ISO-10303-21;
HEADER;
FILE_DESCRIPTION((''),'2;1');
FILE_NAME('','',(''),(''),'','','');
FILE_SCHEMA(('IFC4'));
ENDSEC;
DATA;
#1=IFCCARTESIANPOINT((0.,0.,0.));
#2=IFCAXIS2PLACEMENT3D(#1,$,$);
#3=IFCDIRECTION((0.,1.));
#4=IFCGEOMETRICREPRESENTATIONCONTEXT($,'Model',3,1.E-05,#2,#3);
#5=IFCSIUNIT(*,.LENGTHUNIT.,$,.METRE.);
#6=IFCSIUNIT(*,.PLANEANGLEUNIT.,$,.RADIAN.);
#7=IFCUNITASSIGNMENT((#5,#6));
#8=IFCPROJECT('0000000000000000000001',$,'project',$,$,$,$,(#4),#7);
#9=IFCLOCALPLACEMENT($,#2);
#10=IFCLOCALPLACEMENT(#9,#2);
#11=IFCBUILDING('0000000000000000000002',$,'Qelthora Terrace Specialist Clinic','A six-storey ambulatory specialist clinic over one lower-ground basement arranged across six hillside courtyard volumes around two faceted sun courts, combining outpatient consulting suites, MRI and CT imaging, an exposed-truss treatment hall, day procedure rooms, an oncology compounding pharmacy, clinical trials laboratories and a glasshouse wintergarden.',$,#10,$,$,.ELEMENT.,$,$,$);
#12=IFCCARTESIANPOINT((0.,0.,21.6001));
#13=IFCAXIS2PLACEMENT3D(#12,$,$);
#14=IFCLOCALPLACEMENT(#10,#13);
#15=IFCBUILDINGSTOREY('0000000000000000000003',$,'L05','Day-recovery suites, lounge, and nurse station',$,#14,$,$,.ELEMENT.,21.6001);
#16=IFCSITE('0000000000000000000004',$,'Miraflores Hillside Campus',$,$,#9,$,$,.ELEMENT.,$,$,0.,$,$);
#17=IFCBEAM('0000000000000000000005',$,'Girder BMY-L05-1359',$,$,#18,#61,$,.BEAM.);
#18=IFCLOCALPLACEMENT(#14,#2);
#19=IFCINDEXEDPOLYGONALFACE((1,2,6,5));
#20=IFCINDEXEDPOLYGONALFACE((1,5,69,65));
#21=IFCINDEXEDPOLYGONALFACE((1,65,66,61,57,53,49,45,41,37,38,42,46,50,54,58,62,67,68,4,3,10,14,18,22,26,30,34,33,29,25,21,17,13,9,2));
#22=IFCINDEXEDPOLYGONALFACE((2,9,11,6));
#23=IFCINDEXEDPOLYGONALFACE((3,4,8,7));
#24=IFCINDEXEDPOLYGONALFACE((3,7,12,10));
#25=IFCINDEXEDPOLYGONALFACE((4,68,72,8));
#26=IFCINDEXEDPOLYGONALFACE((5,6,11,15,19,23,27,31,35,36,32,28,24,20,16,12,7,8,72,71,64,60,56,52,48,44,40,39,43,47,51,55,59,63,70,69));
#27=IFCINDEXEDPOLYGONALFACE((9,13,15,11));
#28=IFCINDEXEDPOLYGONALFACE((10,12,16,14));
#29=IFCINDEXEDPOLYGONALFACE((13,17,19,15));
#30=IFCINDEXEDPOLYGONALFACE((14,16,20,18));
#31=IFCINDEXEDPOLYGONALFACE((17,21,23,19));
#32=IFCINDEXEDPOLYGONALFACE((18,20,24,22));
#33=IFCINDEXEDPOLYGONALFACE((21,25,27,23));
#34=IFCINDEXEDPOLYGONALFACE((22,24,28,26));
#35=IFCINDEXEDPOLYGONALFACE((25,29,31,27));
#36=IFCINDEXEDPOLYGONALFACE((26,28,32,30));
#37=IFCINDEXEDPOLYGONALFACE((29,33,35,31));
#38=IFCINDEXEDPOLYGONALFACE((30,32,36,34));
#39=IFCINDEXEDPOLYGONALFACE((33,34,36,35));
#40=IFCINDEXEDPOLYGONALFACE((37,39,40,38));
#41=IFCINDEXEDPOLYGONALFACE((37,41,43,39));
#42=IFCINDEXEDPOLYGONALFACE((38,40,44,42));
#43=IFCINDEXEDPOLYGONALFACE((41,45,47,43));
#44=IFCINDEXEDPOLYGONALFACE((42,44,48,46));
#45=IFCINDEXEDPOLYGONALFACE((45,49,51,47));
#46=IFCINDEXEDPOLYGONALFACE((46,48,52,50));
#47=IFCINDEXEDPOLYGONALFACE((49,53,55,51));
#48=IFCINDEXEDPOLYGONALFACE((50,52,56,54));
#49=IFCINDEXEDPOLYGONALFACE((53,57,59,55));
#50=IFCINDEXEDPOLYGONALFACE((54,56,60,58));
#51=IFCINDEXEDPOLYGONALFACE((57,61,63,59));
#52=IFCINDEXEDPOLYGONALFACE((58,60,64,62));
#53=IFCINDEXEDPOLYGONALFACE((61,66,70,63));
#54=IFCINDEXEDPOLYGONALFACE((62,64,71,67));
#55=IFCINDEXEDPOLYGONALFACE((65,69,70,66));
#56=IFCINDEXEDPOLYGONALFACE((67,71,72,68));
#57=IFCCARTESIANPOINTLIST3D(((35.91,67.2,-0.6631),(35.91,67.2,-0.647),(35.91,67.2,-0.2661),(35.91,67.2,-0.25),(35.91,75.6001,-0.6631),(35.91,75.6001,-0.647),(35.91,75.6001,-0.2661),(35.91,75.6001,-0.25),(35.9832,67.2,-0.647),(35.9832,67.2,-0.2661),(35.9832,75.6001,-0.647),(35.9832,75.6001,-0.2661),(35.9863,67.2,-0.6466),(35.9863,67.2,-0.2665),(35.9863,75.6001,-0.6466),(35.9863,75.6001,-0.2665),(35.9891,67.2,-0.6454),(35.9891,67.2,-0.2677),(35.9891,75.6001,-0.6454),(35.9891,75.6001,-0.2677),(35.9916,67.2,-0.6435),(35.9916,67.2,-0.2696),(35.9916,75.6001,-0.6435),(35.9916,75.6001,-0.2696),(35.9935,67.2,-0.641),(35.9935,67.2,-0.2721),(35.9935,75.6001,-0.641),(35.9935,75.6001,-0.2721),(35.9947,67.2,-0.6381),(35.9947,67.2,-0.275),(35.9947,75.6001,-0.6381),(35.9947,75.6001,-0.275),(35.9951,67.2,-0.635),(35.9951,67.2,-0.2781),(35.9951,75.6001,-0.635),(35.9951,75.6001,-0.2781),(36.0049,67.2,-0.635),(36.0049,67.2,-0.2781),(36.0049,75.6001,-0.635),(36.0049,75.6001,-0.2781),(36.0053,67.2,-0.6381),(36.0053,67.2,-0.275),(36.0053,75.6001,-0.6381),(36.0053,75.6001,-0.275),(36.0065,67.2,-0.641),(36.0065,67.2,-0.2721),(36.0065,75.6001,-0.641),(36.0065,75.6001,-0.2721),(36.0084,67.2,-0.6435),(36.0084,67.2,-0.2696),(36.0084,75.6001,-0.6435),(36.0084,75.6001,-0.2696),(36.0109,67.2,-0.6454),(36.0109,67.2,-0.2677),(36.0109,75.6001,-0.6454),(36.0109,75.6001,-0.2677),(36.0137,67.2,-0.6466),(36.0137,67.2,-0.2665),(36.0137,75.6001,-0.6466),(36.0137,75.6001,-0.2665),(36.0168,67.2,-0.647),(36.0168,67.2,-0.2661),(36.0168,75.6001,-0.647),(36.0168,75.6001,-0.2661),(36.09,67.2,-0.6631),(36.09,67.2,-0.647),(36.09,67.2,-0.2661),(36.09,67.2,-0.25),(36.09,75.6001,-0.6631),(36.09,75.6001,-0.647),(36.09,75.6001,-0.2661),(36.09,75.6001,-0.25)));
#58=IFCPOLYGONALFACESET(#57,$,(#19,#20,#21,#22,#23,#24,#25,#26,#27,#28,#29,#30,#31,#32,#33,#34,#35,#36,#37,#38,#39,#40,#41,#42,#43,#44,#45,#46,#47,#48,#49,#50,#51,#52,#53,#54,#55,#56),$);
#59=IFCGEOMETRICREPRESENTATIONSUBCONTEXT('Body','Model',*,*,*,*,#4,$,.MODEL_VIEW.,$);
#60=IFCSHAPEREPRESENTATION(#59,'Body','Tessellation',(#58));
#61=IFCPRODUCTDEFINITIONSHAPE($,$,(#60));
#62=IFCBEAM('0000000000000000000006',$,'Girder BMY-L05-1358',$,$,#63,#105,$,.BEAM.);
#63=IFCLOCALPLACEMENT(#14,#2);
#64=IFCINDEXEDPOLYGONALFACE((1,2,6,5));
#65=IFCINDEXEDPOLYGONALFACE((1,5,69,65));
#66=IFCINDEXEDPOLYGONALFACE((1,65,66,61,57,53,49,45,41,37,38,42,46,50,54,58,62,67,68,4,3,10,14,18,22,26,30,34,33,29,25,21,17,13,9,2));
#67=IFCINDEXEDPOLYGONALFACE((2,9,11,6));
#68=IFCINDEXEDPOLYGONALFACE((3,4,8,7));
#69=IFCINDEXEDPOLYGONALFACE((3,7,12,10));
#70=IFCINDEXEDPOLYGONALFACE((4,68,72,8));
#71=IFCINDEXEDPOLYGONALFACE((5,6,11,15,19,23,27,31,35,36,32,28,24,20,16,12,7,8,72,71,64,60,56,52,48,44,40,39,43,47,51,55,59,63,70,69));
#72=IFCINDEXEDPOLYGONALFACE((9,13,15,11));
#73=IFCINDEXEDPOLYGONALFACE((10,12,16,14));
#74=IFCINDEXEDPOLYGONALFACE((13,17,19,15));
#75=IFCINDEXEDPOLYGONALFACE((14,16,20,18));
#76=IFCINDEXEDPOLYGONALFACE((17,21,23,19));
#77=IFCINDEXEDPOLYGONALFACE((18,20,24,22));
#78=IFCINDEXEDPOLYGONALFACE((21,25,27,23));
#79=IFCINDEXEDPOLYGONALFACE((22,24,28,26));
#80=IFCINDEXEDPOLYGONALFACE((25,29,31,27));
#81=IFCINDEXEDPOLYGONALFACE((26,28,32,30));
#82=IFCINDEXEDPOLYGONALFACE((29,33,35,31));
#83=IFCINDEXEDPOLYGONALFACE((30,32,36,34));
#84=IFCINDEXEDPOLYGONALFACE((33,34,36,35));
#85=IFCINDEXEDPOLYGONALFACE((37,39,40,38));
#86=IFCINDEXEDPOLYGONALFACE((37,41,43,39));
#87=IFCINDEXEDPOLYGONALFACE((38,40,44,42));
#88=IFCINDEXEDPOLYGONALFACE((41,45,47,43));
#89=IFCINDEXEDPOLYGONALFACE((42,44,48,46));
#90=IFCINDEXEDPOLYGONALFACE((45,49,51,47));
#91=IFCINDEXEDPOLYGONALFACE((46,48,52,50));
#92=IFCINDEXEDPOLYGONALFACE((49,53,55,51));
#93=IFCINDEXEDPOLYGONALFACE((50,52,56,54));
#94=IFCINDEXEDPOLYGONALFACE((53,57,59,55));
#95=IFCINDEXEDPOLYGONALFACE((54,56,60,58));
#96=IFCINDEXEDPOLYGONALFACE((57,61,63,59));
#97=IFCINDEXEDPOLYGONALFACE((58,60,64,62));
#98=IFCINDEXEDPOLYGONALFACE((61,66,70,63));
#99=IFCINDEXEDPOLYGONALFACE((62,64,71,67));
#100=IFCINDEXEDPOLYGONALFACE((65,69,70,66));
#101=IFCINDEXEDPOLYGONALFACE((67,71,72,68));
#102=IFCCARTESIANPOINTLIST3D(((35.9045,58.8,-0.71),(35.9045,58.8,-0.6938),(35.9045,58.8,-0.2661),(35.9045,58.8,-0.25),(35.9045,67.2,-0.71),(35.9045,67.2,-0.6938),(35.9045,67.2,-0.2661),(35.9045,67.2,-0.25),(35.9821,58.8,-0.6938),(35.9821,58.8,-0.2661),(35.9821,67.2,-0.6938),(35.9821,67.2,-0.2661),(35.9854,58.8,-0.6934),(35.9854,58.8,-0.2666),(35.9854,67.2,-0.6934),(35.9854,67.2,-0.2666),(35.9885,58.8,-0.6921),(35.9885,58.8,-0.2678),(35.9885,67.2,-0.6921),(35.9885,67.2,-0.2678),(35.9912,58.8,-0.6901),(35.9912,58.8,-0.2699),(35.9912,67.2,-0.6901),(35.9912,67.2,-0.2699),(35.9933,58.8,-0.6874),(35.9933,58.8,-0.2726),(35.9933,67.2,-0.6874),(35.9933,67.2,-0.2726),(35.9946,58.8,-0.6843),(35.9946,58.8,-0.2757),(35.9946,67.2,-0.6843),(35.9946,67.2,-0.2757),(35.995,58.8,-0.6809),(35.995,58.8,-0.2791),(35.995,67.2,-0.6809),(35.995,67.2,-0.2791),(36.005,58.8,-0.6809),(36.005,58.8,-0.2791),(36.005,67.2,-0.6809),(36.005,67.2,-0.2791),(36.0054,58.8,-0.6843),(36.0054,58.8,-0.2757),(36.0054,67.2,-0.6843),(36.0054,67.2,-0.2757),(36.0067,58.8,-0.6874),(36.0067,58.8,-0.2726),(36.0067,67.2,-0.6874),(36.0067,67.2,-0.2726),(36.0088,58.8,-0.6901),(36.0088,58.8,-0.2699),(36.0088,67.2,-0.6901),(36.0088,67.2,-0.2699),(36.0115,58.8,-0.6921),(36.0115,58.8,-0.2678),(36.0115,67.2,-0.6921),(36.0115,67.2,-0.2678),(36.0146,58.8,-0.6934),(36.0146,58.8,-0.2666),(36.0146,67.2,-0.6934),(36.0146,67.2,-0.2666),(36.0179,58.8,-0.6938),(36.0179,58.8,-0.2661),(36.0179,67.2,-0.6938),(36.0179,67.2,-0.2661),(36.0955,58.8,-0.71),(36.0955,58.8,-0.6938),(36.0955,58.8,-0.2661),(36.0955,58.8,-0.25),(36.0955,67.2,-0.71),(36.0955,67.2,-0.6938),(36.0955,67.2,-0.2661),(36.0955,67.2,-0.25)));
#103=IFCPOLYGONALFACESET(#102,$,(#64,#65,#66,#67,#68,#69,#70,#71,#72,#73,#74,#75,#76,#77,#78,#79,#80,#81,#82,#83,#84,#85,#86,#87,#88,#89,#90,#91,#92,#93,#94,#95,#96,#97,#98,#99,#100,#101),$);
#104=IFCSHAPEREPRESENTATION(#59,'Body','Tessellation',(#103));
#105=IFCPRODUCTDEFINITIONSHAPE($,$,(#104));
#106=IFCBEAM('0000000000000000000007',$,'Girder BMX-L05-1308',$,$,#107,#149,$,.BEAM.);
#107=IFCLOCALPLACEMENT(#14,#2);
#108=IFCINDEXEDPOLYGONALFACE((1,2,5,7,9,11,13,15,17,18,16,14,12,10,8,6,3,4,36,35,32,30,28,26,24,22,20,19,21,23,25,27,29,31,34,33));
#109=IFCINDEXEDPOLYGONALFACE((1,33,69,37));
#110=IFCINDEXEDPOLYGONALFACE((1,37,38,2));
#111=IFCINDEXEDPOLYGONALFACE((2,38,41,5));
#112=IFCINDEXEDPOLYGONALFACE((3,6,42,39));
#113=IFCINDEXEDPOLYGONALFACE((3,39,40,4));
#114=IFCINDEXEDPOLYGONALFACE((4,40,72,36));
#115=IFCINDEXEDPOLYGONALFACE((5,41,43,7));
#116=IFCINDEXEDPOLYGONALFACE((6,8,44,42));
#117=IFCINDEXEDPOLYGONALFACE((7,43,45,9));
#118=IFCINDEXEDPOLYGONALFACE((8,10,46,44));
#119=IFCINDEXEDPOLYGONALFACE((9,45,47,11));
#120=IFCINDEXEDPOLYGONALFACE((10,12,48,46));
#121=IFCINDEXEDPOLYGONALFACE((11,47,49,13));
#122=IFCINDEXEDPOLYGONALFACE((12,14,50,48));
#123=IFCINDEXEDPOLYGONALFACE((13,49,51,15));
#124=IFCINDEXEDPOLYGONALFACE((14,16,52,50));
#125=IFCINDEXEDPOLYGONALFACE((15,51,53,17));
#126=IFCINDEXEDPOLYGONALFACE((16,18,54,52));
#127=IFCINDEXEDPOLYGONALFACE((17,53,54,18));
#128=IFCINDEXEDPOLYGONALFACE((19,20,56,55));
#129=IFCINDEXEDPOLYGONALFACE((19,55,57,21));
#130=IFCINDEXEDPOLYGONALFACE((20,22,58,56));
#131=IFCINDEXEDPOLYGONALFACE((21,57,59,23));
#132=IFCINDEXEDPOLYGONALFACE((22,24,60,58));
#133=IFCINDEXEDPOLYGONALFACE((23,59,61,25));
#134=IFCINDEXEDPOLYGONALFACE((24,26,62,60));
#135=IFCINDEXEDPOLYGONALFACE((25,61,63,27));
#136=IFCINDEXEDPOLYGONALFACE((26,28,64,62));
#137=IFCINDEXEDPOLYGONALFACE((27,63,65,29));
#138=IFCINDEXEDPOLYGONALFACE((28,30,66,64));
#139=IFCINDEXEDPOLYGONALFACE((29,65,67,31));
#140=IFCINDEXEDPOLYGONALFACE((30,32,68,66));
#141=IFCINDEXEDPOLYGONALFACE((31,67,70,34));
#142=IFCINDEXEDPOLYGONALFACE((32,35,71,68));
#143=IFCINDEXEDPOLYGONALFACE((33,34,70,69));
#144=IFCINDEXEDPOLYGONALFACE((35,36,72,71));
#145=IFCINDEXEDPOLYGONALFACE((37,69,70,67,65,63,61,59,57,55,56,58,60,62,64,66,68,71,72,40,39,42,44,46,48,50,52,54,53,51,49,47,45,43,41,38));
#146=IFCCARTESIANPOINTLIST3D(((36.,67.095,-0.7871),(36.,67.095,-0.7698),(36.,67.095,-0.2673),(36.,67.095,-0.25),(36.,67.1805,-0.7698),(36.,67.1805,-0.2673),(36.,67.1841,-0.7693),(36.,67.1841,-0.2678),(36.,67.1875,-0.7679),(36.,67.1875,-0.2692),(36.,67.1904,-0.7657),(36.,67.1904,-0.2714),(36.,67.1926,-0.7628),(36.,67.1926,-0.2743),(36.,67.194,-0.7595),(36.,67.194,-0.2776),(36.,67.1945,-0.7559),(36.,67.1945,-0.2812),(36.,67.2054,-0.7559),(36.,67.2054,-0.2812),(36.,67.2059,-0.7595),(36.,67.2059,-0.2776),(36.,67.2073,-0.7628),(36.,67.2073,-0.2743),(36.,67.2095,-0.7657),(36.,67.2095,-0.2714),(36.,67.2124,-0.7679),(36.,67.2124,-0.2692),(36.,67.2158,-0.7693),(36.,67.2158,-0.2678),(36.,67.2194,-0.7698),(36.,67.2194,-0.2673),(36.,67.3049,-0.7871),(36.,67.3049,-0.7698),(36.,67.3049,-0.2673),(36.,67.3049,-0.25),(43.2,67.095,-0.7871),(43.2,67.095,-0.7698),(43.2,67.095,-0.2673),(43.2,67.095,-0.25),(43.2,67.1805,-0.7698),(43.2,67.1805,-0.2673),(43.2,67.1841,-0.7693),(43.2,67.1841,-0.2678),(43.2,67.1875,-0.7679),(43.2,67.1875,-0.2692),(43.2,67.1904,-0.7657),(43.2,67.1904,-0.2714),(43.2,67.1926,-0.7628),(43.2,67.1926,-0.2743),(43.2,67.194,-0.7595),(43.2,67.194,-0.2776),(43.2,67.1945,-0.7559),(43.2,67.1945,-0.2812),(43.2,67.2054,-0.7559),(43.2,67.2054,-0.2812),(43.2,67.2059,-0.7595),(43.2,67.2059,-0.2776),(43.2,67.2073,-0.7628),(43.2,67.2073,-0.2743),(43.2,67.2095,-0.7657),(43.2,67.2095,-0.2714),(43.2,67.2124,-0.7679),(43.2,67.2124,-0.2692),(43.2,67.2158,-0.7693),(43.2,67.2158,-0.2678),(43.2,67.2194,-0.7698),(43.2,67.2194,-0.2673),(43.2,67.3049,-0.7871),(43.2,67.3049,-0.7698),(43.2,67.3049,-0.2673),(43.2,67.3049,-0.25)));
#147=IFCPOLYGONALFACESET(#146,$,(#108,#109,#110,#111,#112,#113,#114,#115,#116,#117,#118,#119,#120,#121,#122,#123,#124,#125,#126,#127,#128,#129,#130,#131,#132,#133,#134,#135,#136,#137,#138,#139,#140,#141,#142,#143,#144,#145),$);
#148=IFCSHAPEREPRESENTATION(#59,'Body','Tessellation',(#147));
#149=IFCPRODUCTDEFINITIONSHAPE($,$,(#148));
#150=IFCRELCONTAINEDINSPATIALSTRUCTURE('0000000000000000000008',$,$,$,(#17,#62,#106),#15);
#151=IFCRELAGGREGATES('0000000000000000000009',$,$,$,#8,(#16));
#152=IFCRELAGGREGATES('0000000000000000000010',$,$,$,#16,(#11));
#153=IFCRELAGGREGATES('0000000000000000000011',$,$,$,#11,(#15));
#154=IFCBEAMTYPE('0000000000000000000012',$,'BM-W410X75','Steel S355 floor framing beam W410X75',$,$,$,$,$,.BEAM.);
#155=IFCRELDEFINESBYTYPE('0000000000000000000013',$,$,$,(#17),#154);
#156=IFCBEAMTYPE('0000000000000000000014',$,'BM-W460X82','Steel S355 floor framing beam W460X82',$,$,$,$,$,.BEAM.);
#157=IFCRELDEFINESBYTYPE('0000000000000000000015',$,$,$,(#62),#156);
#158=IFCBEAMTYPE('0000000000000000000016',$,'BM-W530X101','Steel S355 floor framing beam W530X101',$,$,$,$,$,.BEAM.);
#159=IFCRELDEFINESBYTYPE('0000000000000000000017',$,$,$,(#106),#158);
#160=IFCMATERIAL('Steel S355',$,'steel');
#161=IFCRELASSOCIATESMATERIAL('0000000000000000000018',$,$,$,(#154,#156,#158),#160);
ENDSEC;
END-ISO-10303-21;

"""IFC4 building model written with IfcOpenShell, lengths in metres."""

from ifc_helpers import new_model, si_unit, direction, frame, origin, origin_2d, place, context, subcontext, project, spatial, i_section, extrude, material, material_profile, profile_set, type_object, element, save


model = new_model("IFC4")

# Units and contexts
model_context = context("Model", 3, precision=1e-05, world=origin(), true_north=direction((0.0, 1.0)))
body_context = subcontext(model_context, "Body", "Model", "MODEL_VIEW")
ifc_project = project(units=[si_unit("LENGTHUNIT", "METRE"), si_unit("PLANEANGLEUNIT", "RADIAN")], contexts=[model_context])

# Site, building, storey
site_placement = place(None, origin())
site = spatial("IfcSite", under=ifc_project, at=site_placement, Name="Miraflores Hillside Campus", CompositionType="ELEMENT", RefElevation=0.0)
building_placement = place(site_placement, origin())
building = spatial("IfcBuilding", under=site, at=building_placement, Name="Qelthora Terrace Specialist Clinic", Description="A six-storey ambulatory specialist clinic over one lower-ground basement arranged across six hillside courtyard volumes around two faceted sun courts, combining outpatient consulting suites, MRI and CT imaging, an exposed-truss treatment hall, day procedure rooms, an oncology compounding pharmacy, clinical trials laboratories and a glasshouse wintergarden.", CompositionType="ELEMENT")
storey_placement = place(building_placement, frame((0.0, 0.0, 21.6001)))
storey = spatial("IfcBuildingStorey", under=building, at=storey_placement, Name="L05", Description="Day-recovery suites, lounge, and nurse station", CompositionType="ELEMENT", Elevation=21.6001)

# Beams
ifc_material_1 = material(Name="Steel S355", Category="steel")
ifc_material_profile_1 = material_profile(ifc_material_1, i_section(OverallWidth=0.1799, OverallDepth=0.4131, WebThickness=0.0098, FlangeThickness=0.0161, FilletRadius=0.012, at=origin_2d()), Name="W410X75")
ifc_profile_set_1 = profile_set([ifc_material_profile_1], Name="Steel S355")
beam_type_1 = type_object("IfcBeamType", Name="BM-W410X75", Description="Steel S355 floor framing beam W410X75", PredefinedType="BEAM", material=ifc_profile_set_1)
beam_1_placement = place(storey_placement, frame((36.0, 67.2, -0.4565), z_axis=(0.0, 1.0, 0.0), x_axis=(-1.0, 0.0, 0.0)))
element("IfcBeam", 1, at=beam_1_placement, inside=storey, type_object=beam_type_1, Name="Girder BMY-L05-1359", PredefinedType="BEAM", context=body_context, shape_type="SweptSolid", body=[
    extrude(i_section(OverallWidth=0.1799, OverallDepth=0.4131, WebThickness=0.0098, FlangeThickness=0.0161, FilletRadius=0.012, at=origin_2d()), origin(), (0.0, 0.0, 1.0), 8.4001),
])
ifc_material_profile_2 = material_profile(ifc_material_1, i_section(OverallWidth=0.1909, OverallDepth=0.46, WebThickness=0.01, FlangeThickness=0.0161, FilletRadius=0.0129, at=origin_2d()), Name="W460X82")
ifc_profile_set_2 = profile_set([ifc_material_profile_2], Name="Steel S355")
beam_type_2 = type_object("IfcBeamType", Name="BM-W460X82", Description="Steel S355 floor framing beam W460X82", PredefinedType="BEAM", material=ifc_profile_set_2)
beam_2_placement = place(storey_placement, frame((36.0, 58.8, -0.48), z_axis=(0.0, 1.0, 0.0), x_axis=(-1.0, 0.0, 0.0)))
element("IfcBeam", 2, at=beam_2_placement, inside=storey, type_object=beam_type_2, Name="Girder BMY-L05-1358", PredefinedType="BEAM", context=body_context, shape_type="SweptSolid", body=[
    extrude(i_section(OverallWidth=0.1909, OverallDepth=0.46, WebThickness=0.01, FlangeThickness=0.0161, FilletRadius=0.0129, at=origin_2d()), origin(), (0.0, 0.0, 1.0), 8.3999),
])
ifc_material_profile_3 = material_profile(ifc_material_1, i_section(OverallWidth=0.21, OverallDepth=0.5371, WebThickness=0.011, FlangeThickness=0.0173, FilletRadius=0.0139, at=origin_2d()), Name="W530X101")
ifc_profile_set_3 = profile_set([ifc_material_profile_3], Name="Steel S355")
beam_type_3 = type_object("IfcBeamType", Name="BM-W530X101", Description="Steel S355 floor framing beam W530X101", PredefinedType="BEAM", material=ifc_profile_set_3)
beam_3_placement = place(storey_placement, frame((36.0, 67.2, -0.5186), z_axis=(1.0, 0.0, 0.0), x_axis=(0.0, 1.0, 0.0)))
element("IfcBeam", 3, at=beam_3_placement, inside=storey, type_object=beam_type_3, Name="Girder BMX-L05-1308", PredefinedType="BEAM", context=body_context, shape_type="SweptSolid", body=[
    extrude(i_section(OverallWidth=0.21, OverallDepth=0.5371, WebThickness=0.011, FlangeThickness=0.0173, FilletRadius=0.0139, at=origin_2d()), origin(), (0.0, 0.0, 1.0), 7.2),
])

save(model, "model.ifc")
